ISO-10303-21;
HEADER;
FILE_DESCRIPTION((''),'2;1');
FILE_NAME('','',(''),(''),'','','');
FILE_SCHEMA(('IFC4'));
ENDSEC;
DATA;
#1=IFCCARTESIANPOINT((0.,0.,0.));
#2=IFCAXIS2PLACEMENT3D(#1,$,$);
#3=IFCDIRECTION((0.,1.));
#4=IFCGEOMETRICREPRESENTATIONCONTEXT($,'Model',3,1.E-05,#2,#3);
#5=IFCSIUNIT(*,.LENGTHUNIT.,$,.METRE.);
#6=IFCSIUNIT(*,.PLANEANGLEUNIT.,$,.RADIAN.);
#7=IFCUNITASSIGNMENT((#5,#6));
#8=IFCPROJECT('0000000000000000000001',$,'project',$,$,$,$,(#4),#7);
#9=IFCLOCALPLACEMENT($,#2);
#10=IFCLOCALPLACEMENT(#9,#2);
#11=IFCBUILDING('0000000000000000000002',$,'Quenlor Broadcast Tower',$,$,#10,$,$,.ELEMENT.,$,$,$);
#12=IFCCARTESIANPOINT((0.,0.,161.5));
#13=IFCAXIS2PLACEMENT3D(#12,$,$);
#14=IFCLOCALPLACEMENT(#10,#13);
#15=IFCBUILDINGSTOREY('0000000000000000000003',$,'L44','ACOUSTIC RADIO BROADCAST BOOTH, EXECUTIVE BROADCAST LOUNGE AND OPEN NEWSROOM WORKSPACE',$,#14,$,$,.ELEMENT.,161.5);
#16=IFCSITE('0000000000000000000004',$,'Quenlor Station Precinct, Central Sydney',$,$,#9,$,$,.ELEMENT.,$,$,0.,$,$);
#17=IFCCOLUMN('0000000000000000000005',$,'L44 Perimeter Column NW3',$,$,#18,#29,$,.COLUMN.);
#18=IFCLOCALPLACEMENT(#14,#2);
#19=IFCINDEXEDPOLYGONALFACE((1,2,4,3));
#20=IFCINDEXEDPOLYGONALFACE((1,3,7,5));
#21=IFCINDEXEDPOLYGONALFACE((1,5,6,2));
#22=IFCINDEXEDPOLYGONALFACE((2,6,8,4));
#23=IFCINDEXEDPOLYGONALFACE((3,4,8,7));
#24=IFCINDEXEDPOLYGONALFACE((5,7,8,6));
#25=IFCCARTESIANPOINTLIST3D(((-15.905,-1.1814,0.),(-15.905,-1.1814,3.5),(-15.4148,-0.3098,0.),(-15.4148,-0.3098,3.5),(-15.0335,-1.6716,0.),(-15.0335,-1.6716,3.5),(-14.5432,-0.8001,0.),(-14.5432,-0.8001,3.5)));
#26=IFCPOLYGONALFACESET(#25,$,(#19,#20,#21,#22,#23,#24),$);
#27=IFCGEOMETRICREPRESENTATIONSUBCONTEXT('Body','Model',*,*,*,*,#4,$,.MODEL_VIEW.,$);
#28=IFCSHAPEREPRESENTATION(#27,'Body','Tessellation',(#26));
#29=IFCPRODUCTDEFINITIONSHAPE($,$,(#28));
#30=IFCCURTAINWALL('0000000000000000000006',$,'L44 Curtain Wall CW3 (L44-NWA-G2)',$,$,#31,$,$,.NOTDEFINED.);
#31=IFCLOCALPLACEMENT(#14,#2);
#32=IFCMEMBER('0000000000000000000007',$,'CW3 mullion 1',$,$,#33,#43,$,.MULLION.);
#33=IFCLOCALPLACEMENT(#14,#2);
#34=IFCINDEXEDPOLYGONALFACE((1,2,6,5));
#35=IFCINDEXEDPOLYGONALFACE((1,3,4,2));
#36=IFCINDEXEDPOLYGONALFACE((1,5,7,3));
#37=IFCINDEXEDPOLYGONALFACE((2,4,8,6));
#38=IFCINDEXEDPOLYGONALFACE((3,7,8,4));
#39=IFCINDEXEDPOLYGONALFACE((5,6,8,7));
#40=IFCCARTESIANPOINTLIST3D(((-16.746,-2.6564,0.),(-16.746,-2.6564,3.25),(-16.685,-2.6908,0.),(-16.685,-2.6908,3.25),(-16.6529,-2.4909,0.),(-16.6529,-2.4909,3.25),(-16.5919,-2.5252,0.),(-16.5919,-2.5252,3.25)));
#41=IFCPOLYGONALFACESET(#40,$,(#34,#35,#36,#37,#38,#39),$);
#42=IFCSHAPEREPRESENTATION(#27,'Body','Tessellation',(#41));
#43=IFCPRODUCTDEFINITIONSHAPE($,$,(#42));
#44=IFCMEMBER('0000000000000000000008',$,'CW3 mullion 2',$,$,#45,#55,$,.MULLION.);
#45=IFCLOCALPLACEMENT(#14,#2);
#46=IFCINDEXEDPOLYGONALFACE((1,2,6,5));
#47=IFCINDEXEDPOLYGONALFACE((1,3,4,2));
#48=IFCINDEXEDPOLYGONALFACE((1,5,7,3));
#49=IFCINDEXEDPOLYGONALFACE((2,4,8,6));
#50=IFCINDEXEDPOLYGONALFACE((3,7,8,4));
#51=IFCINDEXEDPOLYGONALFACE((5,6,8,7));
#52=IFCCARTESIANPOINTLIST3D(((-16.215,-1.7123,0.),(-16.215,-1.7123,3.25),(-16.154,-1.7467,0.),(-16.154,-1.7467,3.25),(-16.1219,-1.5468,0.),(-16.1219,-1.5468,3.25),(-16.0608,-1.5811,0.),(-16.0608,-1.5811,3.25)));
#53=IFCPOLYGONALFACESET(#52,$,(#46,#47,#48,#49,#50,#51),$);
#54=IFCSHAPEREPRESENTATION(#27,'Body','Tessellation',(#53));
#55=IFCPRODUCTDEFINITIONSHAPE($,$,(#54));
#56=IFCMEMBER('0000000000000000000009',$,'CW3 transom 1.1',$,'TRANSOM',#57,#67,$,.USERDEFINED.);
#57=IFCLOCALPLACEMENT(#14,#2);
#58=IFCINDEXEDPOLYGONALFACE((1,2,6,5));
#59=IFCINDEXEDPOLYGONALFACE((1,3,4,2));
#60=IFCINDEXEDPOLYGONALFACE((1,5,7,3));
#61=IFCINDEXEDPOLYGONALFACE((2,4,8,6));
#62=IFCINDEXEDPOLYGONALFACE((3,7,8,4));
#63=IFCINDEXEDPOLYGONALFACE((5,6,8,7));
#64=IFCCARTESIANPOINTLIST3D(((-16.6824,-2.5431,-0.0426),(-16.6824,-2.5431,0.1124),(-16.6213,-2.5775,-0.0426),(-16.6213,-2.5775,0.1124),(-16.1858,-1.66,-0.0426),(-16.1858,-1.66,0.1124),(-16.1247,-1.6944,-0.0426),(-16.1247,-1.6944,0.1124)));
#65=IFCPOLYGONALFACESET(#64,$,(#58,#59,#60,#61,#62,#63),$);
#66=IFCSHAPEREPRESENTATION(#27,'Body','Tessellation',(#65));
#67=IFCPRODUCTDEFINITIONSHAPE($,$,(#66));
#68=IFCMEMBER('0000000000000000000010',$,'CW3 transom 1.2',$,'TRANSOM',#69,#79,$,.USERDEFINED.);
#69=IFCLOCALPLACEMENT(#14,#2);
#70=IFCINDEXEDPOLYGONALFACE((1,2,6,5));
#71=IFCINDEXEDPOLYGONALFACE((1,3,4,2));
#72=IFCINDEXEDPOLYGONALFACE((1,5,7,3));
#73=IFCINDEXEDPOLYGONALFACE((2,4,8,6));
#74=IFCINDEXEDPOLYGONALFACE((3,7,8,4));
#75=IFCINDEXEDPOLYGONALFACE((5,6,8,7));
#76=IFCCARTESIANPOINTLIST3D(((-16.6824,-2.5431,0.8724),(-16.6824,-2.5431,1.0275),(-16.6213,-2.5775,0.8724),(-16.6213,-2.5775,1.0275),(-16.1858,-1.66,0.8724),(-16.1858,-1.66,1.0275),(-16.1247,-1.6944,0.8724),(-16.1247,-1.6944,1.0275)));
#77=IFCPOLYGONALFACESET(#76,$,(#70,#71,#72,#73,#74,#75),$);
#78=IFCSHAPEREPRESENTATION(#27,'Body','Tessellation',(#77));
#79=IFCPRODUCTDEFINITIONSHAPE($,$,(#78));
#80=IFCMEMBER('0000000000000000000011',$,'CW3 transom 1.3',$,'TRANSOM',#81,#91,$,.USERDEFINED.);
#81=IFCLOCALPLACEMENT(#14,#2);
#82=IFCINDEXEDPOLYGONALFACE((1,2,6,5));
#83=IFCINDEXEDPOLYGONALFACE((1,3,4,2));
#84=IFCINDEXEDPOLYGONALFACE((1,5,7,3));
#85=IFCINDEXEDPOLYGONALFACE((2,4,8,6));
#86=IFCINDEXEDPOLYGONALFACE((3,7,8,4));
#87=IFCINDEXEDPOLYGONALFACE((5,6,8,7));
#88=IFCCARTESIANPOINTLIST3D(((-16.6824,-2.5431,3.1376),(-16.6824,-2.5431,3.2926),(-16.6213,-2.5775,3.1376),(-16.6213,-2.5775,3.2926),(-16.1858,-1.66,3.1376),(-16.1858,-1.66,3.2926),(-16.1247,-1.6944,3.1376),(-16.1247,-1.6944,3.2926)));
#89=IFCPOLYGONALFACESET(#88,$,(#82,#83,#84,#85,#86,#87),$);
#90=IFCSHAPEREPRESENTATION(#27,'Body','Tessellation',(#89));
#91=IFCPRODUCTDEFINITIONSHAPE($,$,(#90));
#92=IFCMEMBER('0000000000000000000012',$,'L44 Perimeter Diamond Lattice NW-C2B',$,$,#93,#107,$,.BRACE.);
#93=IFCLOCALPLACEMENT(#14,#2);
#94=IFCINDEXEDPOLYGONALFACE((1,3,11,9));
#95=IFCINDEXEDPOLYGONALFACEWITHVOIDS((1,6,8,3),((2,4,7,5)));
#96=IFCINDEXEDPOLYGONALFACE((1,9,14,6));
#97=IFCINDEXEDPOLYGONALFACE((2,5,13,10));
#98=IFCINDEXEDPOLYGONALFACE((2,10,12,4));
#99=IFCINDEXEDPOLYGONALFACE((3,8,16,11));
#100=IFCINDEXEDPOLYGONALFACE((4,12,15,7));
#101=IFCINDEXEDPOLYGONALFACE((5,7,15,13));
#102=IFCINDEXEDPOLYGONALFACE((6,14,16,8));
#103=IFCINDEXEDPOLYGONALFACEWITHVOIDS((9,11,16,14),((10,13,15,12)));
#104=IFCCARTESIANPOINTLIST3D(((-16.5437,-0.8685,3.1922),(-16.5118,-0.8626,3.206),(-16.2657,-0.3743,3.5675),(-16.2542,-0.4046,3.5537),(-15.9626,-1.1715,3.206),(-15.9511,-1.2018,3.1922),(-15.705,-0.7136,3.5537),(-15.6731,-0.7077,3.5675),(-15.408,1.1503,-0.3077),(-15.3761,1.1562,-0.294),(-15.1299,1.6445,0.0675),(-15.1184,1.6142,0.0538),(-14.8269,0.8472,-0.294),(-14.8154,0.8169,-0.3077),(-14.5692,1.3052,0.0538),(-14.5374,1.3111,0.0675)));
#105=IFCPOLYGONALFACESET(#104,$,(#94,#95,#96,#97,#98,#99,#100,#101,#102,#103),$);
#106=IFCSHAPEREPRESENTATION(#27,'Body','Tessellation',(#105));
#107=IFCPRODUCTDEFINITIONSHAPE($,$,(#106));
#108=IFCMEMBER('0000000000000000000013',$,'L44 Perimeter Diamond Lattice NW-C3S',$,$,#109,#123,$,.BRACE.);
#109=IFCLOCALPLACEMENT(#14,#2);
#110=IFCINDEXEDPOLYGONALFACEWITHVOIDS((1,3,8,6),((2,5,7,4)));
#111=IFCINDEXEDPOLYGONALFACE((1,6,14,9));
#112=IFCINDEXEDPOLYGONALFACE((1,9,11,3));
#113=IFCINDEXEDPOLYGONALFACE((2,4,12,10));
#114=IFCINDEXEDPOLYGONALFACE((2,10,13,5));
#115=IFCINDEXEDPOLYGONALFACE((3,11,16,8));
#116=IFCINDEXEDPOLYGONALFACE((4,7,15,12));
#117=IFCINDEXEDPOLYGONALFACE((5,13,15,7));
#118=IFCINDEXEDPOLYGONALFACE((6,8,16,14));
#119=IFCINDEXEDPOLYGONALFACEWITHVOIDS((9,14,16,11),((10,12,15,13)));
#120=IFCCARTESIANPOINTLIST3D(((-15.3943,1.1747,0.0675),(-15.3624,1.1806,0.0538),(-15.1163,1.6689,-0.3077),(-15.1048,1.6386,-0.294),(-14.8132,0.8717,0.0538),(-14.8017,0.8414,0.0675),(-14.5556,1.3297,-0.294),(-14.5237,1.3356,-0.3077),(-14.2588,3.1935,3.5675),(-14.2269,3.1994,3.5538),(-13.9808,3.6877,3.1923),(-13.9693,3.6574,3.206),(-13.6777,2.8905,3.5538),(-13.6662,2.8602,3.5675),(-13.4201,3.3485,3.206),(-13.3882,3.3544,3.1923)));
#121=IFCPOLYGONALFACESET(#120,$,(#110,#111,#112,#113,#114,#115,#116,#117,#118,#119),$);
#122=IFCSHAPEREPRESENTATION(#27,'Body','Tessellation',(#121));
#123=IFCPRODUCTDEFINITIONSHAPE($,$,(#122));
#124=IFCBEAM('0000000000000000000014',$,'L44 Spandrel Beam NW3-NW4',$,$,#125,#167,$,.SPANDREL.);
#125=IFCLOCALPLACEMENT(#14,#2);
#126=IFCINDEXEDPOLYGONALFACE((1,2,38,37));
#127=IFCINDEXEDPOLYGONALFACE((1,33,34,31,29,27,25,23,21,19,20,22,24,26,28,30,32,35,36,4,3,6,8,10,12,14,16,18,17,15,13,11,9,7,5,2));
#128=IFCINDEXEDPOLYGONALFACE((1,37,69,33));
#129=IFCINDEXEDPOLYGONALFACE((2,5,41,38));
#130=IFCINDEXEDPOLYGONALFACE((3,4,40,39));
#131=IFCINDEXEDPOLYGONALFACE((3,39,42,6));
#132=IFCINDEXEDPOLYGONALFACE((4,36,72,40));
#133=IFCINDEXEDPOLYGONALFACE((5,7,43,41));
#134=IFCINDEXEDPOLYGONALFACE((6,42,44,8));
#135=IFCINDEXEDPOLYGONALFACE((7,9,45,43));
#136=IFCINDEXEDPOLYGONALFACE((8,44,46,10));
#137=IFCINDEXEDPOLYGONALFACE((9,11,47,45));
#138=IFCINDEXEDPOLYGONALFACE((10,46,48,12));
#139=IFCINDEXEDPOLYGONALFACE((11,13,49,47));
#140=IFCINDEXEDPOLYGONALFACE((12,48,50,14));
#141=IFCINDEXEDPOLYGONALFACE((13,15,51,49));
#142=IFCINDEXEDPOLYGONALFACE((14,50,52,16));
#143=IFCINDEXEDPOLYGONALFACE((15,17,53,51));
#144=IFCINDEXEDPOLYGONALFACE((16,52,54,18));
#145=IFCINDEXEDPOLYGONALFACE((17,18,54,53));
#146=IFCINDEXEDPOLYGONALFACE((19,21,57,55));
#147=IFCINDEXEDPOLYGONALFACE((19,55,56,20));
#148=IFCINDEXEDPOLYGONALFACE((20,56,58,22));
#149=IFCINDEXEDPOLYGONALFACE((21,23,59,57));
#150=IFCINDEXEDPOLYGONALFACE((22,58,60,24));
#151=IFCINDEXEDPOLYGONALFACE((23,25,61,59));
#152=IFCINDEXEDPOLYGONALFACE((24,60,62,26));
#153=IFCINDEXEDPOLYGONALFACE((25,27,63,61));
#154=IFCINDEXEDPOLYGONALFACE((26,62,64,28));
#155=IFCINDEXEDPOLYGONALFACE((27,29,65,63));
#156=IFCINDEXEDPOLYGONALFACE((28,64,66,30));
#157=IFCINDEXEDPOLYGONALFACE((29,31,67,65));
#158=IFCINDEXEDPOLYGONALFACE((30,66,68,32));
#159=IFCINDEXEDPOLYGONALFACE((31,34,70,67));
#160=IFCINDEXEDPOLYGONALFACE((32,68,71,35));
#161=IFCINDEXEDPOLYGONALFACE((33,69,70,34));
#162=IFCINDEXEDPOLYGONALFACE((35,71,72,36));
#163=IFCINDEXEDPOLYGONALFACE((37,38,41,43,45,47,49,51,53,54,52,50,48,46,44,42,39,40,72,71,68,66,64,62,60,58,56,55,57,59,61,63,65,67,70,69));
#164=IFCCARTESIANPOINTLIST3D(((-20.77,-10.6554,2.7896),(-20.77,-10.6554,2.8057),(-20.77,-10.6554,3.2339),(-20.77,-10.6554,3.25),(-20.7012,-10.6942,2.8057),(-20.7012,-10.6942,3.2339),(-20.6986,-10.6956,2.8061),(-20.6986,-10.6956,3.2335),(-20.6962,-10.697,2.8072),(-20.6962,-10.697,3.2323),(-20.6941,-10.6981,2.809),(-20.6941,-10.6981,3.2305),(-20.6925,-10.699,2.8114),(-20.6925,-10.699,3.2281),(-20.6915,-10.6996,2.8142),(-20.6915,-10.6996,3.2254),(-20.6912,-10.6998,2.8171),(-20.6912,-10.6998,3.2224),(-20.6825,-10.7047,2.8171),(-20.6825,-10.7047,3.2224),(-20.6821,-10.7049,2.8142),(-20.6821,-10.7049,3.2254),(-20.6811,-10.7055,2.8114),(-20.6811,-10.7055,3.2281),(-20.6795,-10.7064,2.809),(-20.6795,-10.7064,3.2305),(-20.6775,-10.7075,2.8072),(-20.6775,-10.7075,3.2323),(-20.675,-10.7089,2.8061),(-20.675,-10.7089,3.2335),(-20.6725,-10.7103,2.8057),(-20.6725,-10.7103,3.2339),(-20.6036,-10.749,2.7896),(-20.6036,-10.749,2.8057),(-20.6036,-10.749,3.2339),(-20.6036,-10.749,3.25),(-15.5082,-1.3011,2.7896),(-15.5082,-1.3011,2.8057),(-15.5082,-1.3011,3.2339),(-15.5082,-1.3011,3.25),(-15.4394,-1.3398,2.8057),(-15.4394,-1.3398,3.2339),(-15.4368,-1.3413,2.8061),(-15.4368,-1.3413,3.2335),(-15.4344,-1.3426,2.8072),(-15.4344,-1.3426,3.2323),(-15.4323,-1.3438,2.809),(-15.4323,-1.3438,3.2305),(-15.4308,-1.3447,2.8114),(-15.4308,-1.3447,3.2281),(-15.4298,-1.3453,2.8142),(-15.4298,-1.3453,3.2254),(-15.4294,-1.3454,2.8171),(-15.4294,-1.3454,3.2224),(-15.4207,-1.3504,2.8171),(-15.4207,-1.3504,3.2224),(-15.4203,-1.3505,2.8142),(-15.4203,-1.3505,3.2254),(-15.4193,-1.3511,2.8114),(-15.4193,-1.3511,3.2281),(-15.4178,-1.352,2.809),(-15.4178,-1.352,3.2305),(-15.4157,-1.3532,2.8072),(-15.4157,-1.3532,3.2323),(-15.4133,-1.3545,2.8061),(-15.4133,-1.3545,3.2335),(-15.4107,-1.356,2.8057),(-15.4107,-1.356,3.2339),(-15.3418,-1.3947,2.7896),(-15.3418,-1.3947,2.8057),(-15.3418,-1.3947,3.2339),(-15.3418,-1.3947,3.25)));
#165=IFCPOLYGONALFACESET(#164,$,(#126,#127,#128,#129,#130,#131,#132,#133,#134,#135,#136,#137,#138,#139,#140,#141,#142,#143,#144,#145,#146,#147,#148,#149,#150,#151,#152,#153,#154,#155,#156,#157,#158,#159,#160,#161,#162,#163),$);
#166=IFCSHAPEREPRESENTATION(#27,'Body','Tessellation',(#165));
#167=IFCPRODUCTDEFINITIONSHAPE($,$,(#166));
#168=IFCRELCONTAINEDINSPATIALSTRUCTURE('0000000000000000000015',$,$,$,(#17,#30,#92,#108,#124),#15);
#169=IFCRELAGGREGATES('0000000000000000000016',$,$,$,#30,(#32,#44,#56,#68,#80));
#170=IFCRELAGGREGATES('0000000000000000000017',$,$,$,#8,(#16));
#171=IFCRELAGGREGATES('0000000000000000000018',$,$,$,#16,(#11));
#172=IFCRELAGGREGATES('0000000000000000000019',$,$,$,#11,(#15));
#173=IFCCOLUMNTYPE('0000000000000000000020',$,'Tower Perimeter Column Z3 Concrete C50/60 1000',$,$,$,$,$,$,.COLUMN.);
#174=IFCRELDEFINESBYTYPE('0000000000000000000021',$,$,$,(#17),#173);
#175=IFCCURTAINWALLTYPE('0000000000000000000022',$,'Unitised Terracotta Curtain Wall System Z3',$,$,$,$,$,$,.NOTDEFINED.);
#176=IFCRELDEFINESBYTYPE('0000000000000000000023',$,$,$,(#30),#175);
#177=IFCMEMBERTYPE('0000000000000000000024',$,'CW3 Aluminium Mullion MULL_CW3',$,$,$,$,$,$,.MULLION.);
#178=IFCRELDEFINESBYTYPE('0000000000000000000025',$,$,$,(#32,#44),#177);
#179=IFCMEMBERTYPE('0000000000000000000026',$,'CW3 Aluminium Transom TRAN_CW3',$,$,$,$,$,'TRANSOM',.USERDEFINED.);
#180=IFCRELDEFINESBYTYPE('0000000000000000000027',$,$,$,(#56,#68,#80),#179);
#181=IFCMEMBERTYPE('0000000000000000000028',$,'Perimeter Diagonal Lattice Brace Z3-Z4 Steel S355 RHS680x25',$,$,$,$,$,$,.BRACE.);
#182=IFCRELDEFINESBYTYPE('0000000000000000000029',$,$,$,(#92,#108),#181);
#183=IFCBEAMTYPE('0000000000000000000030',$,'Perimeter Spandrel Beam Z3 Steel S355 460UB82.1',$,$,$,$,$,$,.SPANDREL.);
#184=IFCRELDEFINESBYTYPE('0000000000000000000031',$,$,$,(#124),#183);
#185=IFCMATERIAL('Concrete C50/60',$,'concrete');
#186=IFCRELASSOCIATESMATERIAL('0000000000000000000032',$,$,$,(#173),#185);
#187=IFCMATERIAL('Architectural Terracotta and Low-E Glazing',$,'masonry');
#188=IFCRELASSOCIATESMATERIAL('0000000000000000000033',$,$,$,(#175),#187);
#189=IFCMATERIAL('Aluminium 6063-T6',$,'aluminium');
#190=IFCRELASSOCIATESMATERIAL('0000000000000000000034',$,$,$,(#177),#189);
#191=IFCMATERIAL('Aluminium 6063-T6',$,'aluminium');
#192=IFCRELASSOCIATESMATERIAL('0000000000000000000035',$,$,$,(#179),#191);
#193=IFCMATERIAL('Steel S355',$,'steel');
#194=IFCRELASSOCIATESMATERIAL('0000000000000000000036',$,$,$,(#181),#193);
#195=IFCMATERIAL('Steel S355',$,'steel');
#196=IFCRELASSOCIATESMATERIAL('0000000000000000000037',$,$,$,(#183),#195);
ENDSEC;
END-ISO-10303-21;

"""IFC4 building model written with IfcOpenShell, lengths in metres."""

from ifc_helpers import new_model, si_unit, direction, frame, origin, origin_2d, place, context, subcontext, project, spatial, rectangle, hollow_rectangle, i_section, extrude, material, material_profile, profile_set, type_object, element, aggregate, save


model = new_model("IFC4")

# Units and contexts
model_context = context("Model", 3, precision=1e-05, world=origin(), true_north=direction((0.0, 1.0)))
body_context = subcontext(model_context, "Body", "Model", "MODEL_VIEW")
ifc_project = project(units=[si_unit("LENGTHUNIT", "METRE"), si_unit("PLANEANGLEUNIT", "RADIAN")], contexts=[model_context])

# Site, building, storey
site_placement = place(None, origin())
site = spatial("IfcSite", under=ifc_project, at=site_placement, Name="Quenlor Station Precinct, Central Sydney", CompositionType="ELEMENT", RefElevation=0.0)
building_placement = place(site_placement, origin())
building = spatial("IfcBuilding", under=site, at=building_placement, Name="Quenlor Broadcast Tower", CompositionType="ELEMENT")
storey_placement = place(building_placement, frame((0.0, 0.0, 161.5)))
storey = spatial("IfcBuildingStorey", under=building, at=storey_placement, Name="L44", Description="ACOUSTIC RADIO BROADCAST BOOTH, EXECUTIVE BROADCAST LOUNGE AND OPEN NEWSROOM WORKSPACE", CompositionType="ELEMENT", Elevation=161.5)

# Column
ifc_material_1 = material(Name="Concrete C50/60", Category="concrete")
ifc_material_profile_1 = material_profile(ifc_material_1, rectangle(XDim=1.0, YDim=1.0, at=origin_2d()))
ifc_profile_set_1 = profile_set([ifc_material_profile_1], Name="Concrete C50/60 RC1000x1000")
column_type = type_object("IfcColumnType", Name="Tower Perimeter Column Z3 Concrete C50/60 1000", PredefinedType="COLUMN", material=ifc_profile_set_1)
column_placement = place(storey_placement, frame((-15.2241, -0.9907, 0.0), z_axis=(0.0, 0.0, 1.0), x_axis=(-0.871575, 0.490262, 0.0)))
element("IfcColumn", 1, at=column_placement, inside=storey, type_object=column_type, Name="L44 Perimeter Column NW3", PredefinedType="COLUMN", context=body_context, shape_type="SweptSolid", body=[
    extrude(rectangle(XDim=1.0, YDim=1.0, at=origin_2d()), origin(), (0.0, 0.0, 1.0), 3.5),
])

# Curtain wall, members
ifc_material_2 = material(Name="Architectural Terracotta and Low-E Glazing", Category="masonry")
curtain_wall_type = type_object("IfcCurtainWallType", Name="Unitised Terracotta Curtain Wall System Z3", PredefinedType="NOTDEFINED", material=ifc_material_2)
curtain_wall_placement = place(storey_placement, origin())
curtain_wall = element("IfcCurtainWall", 2, at=curtain_wall_placement, inside=storey, type_object=curtain_wall_type, Name="L44 Curtain Wall CW3 (L44-NWA-G2)", PredefinedType="NOTDEFINED")
ifc_material_3 = material(Name="Aluminium 6063-T6", Category="aluminium")
ifc_material_profile_2 = material_profile(ifc_material_3, rectangle(XDim=0.0701, YDim=0.1899, at=origin_2d()))
ifc_profile_set_2 = profile_set([ifc_material_profile_2], Name="Aluminium 6063-T6 MULL70x190")
member_type_1 = type_object("IfcMemberType", Name="CW3 Aluminium Mullion MULL_CW3", PredefinedType="MULLION", material=ifc_profile_set_2)
member_1_placement = place(storey_placement, frame((-16.6689, -2.5908, 0.0), z_axis=(0.0, 0.0, 1.0), x_axis=(-0.87158, 0.490253, 0.0)))
member_1 = element("IfcMember", 3, at=member_1_placement, type_object=member_type_1, Name="CW3 mullion 1", PredefinedType="MULLION", context=body_context, shape_type="SweptSolid", body=[
    extrude(rectangle(XDim=0.0701, YDim=0.1899, at=origin_2d()), origin(), (0.0, 0.0, 1.0), 3.25),
])
member_2_placement = place(storey_placement, frame((-16.1379, -1.6467, 0.0), z_axis=(0.0, 0.0, 1.0), x_axis=(-0.87158, 0.490253, 0.0)))
member_2 = element("IfcMember", 4, at=member_2_placement, type_object=member_type_1, Name="CW3 mullion 2", PredefinedType="MULLION", context=body_context, shape_type="SweptSolid", body=[
    extrude(rectangle(XDim=0.0701, YDim=0.1899, at=origin_2d()), origin(), (0.0, 0.0, 1.0), 3.25),
])
ifc_material_4 = material(Name="Aluminium 6063-T6", Category="aluminium")
ifc_material_profile_3 = material_profile(ifc_material_4, rectangle(XDim=0.0701, YDim=0.155, at=origin_2d()))
ifc_profile_set_3 = profile_set([ifc_material_profile_3], Name="Aluminium 6063-T6 TRAN70x155")
member_type_2 = type_object("IfcMemberType", Name="CW3 Aluminium Transom TRAN_CW3", ElementType="TRANSOM", PredefinedType="USERDEFINED", material=ifc_profile_set_3)
member_3_placement = place(storey_placement, frame((-16.6519, -2.5603, 0.0349), z_axis=(0.490158, 0.871633, 0.0), x_axis=(-0.871633, 0.490158, 0.0)))
member_3 = element("IfcMember", 5, at=member_3_placement, type_object=member_type_2, Name="CW3 transom 1.1", ObjectType="TRANSOM", PredefinedType="USERDEFINED", context=body_context, shape_type="SweptSolid", body=[
    extrude(rectangle(XDim=0.0701, YDim=0.155, at=origin_2d()), origin(), (0.0, 0.0, 1.0), 1.0132),
])
member_4_placement = place(storey_placement, frame((-16.6519, -2.5603, 0.95), z_axis=(0.490158, 0.871633, 0.0), x_axis=(-0.871633, 0.490158, 0.0)))
member_4 = element("IfcMember", 6, at=member_4_placement, type_object=member_type_2, Name="CW3 transom 1.2", ObjectType="TRANSOM", PredefinedType="USERDEFINED", context=body_context, shape_type="SweptSolid", body=[
    extrude(rectangle(XDim=0.0701, YDim=0.155, at=origin_2d()), origin(), (0.0, 0.0, 1.0), 1.0132),
])
member_5_placement = place(storey_placement, frame((-16.6519, -2.5603, 3.2151), z_axis=(0.490158, 0.871633, 0.0), x_axis=(-0.871633, 0.490158, 0.0)))
member_5 = element("IfcMember", 7, at=member_5_placement, type_object=member_type_2, Name="CW3 transom 1.3", ObjectType="TRANSOM", PredefinedType="USERDEFINED", context=body_context, shape_type="SweptSolid", body=[
    extrude(rectangle(XDim=0.0701, YDim=0.155, at=origin_2d()), origin(), (0.0, 0.0, 1.0), 1.0132),
])

# Members
ifc_material_5 = material(Name="Steel S355", Category="steel")
ifc_material_profile_4 = material_profile(ifc_material_5, hollow_rectangle(XDim=0.6799, YDim=0.6799, WallThickness=0.0249, at=origin_2d()))
ifc_profile_set_4 = profile_set([ifc_material_profile_4], Name="Steel S355 RHS680x680x25")
member_type_3 = type_object("IfcMemberType", Name="Perimeter Diagonal Lattice Brace Z3-Z4 Steel S355 RHS680x25", PredefinedType="BRACE", material=ifc_profile_set_4)
for number, where, z_axis, x_axis, name in (
    (8, (-14.9727, 1.2307, -0.1201), (-0.270603, -0.481001, 0.833914), (0.871545, -0.490316, 0.0), "L44 Perimeter Diamond Lattice NW-C2B"),
    (9, (-14.959, 1.2551, -0.1201), (0.270549, 0.481009, 0.833927), (-0.87159, 0.490236, 0.0), "L44 Perimeter Diamond Lattice NW-C3S"),
):
    element("IfcMember", number, at=place(storey_placement, frame(where, z_axis=z_axis, x_axis=x_axis)), inside=storey, type_object=member_type_3, Name=name, PredefinedType="BRACE", context=body_context, shape_type="SweptSolid", body=[
        extrude(hollow_rectangle(XDim=0.6799, YDim=0.6799, WallThickness=0.0249, at=origin_2d()), origin(), (0.0, 0.0, 1.0), 4.197),
    ])

# Beam
ifc_material_6 = material(Name="Steel S355", Category="steel")
ifc_material_profile_5 = material_profile(ifc_material_6, i_section(OverallWidth=0.1909, OverallDepth=0.4604, WebThickness=0.01, FlangeThickness=0.0161, FilletRadius=0.0115, at=origin_2d()))
ifc_profile_set_5 = profile_set([ifc_material_profile_5], Name="Steel S355 460UB82.1")
beam_type_1 = type_object("IfcBeamType", Name="Perimeter Spandrel Beam Z3 Steel S355 460UB82.1", PredefinedType="SPANDREL", material=ifc_profile_set_5)
beam_1_placement = place(storey_placement, frame((-15.425, -1.3479, 3.0198), z_axis=(-0.490258, -0.871577, 0.0), x_axis=(0.871577, -0.490258, 0.0)))
element("IfcBeam", 10, at=beam_1_placement, inside=storey, type_object=beam_type_1, Name="L44 Spandrel Beam NW3-NW4", PredefinedType="SPANDREL", context=body_context, shape_type="SweptSolid", body=[
    extrude(i_section(OverallWidth=0.1909, OverallDepth=0.4604, WebThickness=0.01, FlangeThickness=0.0161, FilletRadius=0.0115, at=origin_2d()), origin(), (0.0, 0.0, 1.0), 10.7327),
])

aggregate(curtain_wall, [member_1, member_2, member_3, member_4, member_5])

save(model, "model.ifc")
